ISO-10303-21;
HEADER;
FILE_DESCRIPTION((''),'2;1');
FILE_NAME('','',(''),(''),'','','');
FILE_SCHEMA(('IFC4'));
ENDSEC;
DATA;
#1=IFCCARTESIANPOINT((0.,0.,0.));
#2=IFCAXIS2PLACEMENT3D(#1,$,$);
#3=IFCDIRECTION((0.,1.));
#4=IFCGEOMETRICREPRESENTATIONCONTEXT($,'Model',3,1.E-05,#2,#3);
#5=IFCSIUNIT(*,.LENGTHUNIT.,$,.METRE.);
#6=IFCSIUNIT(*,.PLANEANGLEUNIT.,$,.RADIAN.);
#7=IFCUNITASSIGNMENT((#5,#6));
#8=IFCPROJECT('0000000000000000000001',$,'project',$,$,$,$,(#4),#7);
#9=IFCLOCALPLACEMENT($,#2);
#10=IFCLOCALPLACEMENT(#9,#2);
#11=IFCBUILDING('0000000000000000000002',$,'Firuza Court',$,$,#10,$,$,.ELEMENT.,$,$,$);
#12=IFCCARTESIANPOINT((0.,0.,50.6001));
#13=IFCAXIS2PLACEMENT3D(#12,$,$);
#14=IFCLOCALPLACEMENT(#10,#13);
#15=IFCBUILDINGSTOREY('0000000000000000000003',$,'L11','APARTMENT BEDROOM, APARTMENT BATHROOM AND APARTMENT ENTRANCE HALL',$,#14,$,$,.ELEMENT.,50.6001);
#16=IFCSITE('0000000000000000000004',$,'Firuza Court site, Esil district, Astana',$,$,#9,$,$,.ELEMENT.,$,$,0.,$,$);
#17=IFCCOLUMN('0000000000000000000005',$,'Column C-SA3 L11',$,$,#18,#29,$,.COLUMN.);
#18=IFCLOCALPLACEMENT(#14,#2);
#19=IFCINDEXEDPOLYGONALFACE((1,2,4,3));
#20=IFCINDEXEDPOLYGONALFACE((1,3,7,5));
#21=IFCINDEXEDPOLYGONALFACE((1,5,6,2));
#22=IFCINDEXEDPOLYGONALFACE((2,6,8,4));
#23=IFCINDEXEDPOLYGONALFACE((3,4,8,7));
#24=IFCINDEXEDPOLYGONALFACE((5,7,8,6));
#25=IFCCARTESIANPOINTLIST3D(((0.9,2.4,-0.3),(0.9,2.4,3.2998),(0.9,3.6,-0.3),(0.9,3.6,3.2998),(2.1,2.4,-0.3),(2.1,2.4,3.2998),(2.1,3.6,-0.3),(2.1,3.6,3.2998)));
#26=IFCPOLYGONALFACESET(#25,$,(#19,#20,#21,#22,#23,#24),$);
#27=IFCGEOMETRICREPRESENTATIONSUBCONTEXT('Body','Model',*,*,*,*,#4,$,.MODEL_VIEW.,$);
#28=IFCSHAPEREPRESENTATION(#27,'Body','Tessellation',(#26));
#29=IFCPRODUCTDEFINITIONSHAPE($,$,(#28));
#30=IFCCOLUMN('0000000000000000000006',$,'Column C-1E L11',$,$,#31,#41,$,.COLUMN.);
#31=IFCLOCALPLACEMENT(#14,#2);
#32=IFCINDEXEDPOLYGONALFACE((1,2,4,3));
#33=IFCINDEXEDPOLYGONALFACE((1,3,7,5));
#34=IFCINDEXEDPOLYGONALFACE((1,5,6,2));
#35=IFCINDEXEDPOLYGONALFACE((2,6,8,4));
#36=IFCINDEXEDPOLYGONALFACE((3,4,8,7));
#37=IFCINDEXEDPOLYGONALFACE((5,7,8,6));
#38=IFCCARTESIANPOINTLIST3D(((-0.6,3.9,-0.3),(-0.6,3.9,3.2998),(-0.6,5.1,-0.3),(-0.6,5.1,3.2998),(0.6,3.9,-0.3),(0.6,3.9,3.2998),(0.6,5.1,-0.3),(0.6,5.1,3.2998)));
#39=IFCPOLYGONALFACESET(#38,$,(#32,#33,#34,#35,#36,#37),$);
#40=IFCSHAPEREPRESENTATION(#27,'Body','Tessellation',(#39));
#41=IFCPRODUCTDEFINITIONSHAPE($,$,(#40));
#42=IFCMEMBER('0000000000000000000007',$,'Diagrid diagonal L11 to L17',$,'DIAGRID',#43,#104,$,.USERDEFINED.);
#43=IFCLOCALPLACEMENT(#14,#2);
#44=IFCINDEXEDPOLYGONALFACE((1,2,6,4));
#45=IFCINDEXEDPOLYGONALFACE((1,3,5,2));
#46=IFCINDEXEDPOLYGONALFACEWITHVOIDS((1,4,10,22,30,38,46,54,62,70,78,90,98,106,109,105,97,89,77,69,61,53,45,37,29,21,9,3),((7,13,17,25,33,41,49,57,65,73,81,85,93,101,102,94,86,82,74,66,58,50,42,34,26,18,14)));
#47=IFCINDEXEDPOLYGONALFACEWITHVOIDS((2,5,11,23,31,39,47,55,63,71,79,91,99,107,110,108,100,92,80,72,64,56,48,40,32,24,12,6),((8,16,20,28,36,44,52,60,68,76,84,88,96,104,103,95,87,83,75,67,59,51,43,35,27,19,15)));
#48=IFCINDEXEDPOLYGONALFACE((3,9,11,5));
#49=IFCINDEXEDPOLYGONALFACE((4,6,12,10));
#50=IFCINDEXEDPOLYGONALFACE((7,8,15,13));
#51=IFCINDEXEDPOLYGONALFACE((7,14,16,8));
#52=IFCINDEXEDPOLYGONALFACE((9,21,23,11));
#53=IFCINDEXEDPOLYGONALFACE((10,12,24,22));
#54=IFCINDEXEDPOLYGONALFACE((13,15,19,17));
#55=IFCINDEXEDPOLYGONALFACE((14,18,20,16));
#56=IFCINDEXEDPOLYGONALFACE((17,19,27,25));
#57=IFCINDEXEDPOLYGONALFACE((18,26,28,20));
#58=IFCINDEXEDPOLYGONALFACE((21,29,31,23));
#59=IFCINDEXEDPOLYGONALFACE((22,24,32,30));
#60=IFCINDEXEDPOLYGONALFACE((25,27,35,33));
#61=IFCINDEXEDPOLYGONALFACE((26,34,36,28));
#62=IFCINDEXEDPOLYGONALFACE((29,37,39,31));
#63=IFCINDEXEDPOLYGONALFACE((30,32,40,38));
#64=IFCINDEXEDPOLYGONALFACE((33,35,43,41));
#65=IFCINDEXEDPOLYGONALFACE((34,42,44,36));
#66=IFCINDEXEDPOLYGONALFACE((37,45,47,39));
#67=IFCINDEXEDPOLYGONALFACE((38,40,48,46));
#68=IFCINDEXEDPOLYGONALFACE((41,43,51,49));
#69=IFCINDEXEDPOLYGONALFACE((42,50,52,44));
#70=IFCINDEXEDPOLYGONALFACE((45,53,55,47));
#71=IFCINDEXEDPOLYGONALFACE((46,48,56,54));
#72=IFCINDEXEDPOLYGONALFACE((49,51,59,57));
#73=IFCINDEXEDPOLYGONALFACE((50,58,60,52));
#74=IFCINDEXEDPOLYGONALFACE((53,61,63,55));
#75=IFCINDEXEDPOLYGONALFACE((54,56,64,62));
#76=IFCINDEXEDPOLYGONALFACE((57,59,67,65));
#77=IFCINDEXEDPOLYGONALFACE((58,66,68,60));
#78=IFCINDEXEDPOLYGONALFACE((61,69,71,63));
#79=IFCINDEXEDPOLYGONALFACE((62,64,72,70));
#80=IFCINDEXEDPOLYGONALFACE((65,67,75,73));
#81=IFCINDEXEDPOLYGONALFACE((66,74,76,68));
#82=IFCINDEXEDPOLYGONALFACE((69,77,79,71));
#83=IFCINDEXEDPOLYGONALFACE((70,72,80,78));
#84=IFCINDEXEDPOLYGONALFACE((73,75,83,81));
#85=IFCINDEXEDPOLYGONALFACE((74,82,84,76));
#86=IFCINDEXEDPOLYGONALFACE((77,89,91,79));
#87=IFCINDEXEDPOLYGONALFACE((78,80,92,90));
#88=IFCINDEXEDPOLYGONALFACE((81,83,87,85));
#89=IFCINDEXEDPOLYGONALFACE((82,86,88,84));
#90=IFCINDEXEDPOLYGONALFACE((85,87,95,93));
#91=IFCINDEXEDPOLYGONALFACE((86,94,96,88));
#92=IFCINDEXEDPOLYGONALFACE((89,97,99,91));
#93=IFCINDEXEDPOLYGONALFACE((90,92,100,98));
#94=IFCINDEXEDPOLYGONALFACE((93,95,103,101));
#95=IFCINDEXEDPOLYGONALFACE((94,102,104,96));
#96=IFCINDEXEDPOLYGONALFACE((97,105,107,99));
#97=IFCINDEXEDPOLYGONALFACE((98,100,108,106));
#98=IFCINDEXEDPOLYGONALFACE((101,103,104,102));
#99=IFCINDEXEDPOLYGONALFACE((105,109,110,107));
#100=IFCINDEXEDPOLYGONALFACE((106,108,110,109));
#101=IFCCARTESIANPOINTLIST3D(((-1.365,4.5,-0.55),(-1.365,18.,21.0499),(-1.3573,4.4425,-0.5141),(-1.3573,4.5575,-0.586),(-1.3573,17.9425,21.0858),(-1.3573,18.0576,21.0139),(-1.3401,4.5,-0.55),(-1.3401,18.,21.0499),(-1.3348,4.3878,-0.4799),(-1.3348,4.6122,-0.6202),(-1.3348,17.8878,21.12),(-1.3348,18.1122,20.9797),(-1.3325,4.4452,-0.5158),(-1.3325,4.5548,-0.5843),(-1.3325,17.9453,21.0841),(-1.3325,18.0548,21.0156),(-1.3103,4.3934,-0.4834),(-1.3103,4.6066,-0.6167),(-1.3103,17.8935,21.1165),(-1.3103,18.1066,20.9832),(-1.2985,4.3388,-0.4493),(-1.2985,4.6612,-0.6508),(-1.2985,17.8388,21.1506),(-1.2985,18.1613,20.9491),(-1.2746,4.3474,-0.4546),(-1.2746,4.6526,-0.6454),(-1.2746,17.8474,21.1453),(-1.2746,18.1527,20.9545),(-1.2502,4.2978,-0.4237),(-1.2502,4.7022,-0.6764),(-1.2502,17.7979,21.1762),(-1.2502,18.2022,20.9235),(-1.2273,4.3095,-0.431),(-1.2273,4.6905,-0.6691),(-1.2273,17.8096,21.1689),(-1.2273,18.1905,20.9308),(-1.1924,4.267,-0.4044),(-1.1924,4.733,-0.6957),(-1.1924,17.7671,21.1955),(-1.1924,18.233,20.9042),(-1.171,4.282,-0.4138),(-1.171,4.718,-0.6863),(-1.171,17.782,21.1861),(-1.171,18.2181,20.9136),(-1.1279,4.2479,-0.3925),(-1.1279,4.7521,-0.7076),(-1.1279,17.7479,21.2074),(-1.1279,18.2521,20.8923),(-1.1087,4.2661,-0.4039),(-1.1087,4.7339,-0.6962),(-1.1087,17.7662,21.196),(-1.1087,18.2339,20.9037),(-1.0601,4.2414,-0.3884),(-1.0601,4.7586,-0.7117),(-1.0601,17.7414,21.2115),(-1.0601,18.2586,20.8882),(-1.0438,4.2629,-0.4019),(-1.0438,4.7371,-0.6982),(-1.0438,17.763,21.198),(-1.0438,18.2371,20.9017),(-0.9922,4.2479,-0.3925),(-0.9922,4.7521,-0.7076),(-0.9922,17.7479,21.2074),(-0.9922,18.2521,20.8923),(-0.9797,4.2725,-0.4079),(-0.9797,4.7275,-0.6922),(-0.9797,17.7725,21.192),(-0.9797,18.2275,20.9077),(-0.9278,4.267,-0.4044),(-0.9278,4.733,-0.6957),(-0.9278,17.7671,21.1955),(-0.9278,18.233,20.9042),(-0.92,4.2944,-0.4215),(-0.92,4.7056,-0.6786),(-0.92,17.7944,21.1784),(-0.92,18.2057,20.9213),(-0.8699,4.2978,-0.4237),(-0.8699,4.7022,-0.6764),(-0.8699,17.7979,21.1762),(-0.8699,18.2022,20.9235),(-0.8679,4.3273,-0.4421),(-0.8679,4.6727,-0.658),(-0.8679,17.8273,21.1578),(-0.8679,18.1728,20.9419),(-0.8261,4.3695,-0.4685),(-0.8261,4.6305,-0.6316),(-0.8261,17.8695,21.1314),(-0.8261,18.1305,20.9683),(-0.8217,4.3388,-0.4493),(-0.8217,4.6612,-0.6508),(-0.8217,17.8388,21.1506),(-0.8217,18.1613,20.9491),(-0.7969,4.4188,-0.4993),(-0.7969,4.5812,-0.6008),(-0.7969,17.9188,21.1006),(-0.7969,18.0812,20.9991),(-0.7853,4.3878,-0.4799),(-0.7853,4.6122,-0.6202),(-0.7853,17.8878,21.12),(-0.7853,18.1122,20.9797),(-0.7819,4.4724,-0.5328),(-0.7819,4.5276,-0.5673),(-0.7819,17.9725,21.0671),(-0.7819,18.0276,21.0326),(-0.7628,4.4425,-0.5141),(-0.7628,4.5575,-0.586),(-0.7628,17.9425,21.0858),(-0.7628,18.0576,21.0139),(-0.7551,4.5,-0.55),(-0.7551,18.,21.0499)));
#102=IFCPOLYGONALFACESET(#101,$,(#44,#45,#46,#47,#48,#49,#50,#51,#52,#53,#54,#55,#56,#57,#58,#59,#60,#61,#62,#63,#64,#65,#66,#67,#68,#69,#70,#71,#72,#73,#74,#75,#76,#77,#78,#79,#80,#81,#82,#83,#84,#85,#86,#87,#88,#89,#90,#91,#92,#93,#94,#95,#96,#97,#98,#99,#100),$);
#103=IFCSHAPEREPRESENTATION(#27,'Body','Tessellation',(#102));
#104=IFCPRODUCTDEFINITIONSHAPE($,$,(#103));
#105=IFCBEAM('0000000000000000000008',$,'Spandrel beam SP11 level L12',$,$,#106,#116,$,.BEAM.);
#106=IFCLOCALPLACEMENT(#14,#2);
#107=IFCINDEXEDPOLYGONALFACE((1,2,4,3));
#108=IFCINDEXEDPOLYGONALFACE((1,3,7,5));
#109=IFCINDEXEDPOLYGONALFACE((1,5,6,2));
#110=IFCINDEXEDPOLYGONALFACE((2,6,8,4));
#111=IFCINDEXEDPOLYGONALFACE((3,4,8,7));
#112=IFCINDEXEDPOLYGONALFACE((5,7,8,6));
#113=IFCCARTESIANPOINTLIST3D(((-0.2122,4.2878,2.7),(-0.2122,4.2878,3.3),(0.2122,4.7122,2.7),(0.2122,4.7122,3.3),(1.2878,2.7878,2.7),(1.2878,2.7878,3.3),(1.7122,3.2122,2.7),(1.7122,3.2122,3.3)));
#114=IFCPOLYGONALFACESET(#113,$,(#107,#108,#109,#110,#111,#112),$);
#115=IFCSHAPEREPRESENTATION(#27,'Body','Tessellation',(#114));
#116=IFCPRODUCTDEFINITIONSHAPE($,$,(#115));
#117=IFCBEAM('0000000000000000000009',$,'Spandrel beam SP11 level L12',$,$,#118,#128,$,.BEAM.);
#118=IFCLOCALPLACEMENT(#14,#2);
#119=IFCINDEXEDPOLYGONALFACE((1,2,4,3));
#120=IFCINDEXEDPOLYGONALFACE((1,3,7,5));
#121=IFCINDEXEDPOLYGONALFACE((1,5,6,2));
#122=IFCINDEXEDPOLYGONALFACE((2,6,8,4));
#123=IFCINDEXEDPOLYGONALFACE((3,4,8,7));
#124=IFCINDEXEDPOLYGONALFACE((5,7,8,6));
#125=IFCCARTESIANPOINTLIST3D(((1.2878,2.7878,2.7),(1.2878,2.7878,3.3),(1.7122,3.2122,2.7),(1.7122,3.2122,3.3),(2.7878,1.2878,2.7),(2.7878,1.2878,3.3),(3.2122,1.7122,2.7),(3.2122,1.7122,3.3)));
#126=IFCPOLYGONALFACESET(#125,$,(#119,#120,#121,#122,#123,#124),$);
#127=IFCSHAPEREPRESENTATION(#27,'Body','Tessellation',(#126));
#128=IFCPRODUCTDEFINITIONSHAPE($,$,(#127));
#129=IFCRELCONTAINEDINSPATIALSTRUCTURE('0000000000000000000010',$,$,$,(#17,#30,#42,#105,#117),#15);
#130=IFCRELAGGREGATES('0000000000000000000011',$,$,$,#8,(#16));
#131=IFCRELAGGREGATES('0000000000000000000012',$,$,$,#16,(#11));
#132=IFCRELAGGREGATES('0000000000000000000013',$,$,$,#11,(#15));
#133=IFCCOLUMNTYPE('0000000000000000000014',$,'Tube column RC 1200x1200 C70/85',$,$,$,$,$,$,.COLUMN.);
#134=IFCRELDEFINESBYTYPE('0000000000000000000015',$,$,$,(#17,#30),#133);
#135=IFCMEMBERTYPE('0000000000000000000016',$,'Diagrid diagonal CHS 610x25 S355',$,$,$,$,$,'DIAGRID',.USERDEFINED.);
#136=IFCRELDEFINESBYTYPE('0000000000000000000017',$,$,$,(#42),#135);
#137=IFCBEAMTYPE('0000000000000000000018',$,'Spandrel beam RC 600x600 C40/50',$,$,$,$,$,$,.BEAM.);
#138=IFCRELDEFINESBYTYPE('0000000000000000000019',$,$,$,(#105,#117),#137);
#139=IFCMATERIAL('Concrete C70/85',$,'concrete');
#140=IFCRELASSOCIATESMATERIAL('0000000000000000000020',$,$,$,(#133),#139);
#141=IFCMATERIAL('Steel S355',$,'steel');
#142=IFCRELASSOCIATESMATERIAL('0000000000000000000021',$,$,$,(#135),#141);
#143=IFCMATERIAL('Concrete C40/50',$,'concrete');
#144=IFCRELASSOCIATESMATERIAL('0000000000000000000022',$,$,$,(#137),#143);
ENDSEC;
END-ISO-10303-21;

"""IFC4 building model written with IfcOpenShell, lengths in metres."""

from ifc_helpers import new_model, si_unit, direction, frame, origin, origin_2d, place, context, subcontext, project, spatial, rectangle, hollow_circle, extrude, material, material_profile, profile_set, type_object, element, save


model = new_model("IFC4")

# Units and contexts
model_context = context("Model", 3, precision=1e-05, world=origin(), true_north=direction((0.0, 1.0)))
body_context = subcontext(model_context, "Body", "Model", "MODEL_VIEW")
ifc_project = project(units=[si_unit("LENGTHUNIT", "METRE"), si_unit("PLANEANGLEUNIT", "RADIAN")], contexts=[model_context])

# Site, building, storey
site_placement = place(None, origin())
site = spatial("IfcSite", under=ifc_project, at=site_placement, Name="Firuza Court site, Esil district, Astana", CompositionType="ELEMENT", RefElevation=0.0)
building_placement = place(site_placement, origin())
building = spatial("IfcBuilding", under=site, at=building_placement, Name="Firuza Court", CompositionType="ELEMENT")
storey_placement = place(building_placement, frame((0.0, 0.0, 50.6001)))
storey = spatial("IfcBuildingStorey", under=building, at=storey_placement, Name="L11", Description="APARTMENT BEDROOM, APARTMENT BATHROOM AND APARTMENT ENTRANCE HALL", CompositionType="ELEMENT", Elevation=50.6001)

# Columns
ifc_material_1 = material(Name="Concrete C70/85", Category="concrete")
ifc_material_profile_1 = material_profile(ifc_material_1, rectangle(XDim=1.2, YDim=1.2, at=origin_2d()), Name="RC 1200x1200")
ifc_profile_set_1 = profile_set([ifc_material_profile_1], Name="Concrete C70/85")
column_type = type_object("IfcColumnType", Name="Tube column RC 1200x1200 C70/85", PredefinedType="COLUMN", material=ifc_profile_set_1)
for number, where, z_axis, x_axis, name in (
    (1, (1.5, 3.0, -0.3), (0.0, 0.0, 1.0), (1.0, 0.0, 0.0), "Column C-SA3 L11"),
    (2, (0.0, 4.5, -0.3), (0.0, 0.0, 1.0), (1.0, 0.0, 0.0), "Column C-1E L11"),
):
    element("IfcColumn", number, at=place(storey_placement, frame(where, z_axis=z_axis, x_axis=x_axis)), inside=storey, type_object=column_type, Name=name, PredefinedType="COLUMN", context=body_context, shape_type="SweptSolid", body=[
        extrude(rectangle(XDim=1.2, YDim=1.2, at=origin_2d()), origin(), (0.0, 0.0, 1.0), 3.5999),
    ])

# Member
ifc_material_2 = material(Name="Steel S355", Category="steel")
ifc_material_profile_2 = material_profile(ifc_material_2, hollow_circle(Radius=0.3049, WallThickness=0.0249, at=origin_2d()), Name="CHS 610x25")
ifc_profile_set_2 = profile_set([ifc_material_profile_2], Name="Steel S355")
member_type = type_object("IfcMemberType", Name="Diagrid diagonal CHS 610x25 S355", ElementType="DIAGRID", PredefinedType="USERDEFINED", material=ifc_profile_set_2)
member_placement = place(storey_placement, frame((-1.0601, 4.5, -0.55), z_axis=(0.0, 0.530002, 0.847997), x_axis=(-1.0, 0.0, 0.0)))
element("IfcMember", 3, at=member_placement, inside=storey, type_object=member_type, Name="Diagrid diagonal L11 to L17", ObjectType="DIAGRID", PredefinedType="USERDEFINED", context=body_context, shape_type="SweptSolid", body=[
    extrude(hollow_circle(Radius=0.3049, WallThickness=0.0249, at=origin_2d()), origin(), (0.0, 0.0, 1.0), 25.4717),
])

# Beams
ifc_material_3 = material(Name="Concrete C40/50", Category="concrete")
ifc_material_profile_3 = material_profile(ifc_material_3, rectangle(XDim=0.6001, YDim=0.6001, at=origin_2d()), Name="RC 600x600")
ifc_profile_set_3 = profile_set([ifc_material_profile_3], Name="Concrete C40/50")
beam_type = type_object("IfcBeamType", Name="Spandrel beam RC 600x600 C40/50", PredefinedType="BEAM", material=ifc_profile_set_3)
for number, where, z_axis, x_axis, name in (
    (4, (0.0, 4.5, 3.0), (0.707107, -0.707107, 0.0), (0.707107, 0.707107, 0.0), "Spandrel beam SP11 level L12"),
    (5, (1.5, 3.0, 3.0), (0.707107, -0.707107, 0.0), (0.707107, 0.707107, 0.0), "Spandrel beam SP11 level L12"),
):
    element("IfcBeam", number, at=place(storey_placement, frame(where, z_axis=z_axis, x_axis=x_axis)), inside=storey, type_object=beam_type, Name=name, PredefinedType="BEAM", context=body_context, shape_type="SweptSolid", body=[
        extrude(rectangle(XDim=0.6001, YDim=0.6001, at=origin_2d()), origin(), (0.0, 0.0, 1.0), 2.1213),
    ])

save(model, "model.ifc")
